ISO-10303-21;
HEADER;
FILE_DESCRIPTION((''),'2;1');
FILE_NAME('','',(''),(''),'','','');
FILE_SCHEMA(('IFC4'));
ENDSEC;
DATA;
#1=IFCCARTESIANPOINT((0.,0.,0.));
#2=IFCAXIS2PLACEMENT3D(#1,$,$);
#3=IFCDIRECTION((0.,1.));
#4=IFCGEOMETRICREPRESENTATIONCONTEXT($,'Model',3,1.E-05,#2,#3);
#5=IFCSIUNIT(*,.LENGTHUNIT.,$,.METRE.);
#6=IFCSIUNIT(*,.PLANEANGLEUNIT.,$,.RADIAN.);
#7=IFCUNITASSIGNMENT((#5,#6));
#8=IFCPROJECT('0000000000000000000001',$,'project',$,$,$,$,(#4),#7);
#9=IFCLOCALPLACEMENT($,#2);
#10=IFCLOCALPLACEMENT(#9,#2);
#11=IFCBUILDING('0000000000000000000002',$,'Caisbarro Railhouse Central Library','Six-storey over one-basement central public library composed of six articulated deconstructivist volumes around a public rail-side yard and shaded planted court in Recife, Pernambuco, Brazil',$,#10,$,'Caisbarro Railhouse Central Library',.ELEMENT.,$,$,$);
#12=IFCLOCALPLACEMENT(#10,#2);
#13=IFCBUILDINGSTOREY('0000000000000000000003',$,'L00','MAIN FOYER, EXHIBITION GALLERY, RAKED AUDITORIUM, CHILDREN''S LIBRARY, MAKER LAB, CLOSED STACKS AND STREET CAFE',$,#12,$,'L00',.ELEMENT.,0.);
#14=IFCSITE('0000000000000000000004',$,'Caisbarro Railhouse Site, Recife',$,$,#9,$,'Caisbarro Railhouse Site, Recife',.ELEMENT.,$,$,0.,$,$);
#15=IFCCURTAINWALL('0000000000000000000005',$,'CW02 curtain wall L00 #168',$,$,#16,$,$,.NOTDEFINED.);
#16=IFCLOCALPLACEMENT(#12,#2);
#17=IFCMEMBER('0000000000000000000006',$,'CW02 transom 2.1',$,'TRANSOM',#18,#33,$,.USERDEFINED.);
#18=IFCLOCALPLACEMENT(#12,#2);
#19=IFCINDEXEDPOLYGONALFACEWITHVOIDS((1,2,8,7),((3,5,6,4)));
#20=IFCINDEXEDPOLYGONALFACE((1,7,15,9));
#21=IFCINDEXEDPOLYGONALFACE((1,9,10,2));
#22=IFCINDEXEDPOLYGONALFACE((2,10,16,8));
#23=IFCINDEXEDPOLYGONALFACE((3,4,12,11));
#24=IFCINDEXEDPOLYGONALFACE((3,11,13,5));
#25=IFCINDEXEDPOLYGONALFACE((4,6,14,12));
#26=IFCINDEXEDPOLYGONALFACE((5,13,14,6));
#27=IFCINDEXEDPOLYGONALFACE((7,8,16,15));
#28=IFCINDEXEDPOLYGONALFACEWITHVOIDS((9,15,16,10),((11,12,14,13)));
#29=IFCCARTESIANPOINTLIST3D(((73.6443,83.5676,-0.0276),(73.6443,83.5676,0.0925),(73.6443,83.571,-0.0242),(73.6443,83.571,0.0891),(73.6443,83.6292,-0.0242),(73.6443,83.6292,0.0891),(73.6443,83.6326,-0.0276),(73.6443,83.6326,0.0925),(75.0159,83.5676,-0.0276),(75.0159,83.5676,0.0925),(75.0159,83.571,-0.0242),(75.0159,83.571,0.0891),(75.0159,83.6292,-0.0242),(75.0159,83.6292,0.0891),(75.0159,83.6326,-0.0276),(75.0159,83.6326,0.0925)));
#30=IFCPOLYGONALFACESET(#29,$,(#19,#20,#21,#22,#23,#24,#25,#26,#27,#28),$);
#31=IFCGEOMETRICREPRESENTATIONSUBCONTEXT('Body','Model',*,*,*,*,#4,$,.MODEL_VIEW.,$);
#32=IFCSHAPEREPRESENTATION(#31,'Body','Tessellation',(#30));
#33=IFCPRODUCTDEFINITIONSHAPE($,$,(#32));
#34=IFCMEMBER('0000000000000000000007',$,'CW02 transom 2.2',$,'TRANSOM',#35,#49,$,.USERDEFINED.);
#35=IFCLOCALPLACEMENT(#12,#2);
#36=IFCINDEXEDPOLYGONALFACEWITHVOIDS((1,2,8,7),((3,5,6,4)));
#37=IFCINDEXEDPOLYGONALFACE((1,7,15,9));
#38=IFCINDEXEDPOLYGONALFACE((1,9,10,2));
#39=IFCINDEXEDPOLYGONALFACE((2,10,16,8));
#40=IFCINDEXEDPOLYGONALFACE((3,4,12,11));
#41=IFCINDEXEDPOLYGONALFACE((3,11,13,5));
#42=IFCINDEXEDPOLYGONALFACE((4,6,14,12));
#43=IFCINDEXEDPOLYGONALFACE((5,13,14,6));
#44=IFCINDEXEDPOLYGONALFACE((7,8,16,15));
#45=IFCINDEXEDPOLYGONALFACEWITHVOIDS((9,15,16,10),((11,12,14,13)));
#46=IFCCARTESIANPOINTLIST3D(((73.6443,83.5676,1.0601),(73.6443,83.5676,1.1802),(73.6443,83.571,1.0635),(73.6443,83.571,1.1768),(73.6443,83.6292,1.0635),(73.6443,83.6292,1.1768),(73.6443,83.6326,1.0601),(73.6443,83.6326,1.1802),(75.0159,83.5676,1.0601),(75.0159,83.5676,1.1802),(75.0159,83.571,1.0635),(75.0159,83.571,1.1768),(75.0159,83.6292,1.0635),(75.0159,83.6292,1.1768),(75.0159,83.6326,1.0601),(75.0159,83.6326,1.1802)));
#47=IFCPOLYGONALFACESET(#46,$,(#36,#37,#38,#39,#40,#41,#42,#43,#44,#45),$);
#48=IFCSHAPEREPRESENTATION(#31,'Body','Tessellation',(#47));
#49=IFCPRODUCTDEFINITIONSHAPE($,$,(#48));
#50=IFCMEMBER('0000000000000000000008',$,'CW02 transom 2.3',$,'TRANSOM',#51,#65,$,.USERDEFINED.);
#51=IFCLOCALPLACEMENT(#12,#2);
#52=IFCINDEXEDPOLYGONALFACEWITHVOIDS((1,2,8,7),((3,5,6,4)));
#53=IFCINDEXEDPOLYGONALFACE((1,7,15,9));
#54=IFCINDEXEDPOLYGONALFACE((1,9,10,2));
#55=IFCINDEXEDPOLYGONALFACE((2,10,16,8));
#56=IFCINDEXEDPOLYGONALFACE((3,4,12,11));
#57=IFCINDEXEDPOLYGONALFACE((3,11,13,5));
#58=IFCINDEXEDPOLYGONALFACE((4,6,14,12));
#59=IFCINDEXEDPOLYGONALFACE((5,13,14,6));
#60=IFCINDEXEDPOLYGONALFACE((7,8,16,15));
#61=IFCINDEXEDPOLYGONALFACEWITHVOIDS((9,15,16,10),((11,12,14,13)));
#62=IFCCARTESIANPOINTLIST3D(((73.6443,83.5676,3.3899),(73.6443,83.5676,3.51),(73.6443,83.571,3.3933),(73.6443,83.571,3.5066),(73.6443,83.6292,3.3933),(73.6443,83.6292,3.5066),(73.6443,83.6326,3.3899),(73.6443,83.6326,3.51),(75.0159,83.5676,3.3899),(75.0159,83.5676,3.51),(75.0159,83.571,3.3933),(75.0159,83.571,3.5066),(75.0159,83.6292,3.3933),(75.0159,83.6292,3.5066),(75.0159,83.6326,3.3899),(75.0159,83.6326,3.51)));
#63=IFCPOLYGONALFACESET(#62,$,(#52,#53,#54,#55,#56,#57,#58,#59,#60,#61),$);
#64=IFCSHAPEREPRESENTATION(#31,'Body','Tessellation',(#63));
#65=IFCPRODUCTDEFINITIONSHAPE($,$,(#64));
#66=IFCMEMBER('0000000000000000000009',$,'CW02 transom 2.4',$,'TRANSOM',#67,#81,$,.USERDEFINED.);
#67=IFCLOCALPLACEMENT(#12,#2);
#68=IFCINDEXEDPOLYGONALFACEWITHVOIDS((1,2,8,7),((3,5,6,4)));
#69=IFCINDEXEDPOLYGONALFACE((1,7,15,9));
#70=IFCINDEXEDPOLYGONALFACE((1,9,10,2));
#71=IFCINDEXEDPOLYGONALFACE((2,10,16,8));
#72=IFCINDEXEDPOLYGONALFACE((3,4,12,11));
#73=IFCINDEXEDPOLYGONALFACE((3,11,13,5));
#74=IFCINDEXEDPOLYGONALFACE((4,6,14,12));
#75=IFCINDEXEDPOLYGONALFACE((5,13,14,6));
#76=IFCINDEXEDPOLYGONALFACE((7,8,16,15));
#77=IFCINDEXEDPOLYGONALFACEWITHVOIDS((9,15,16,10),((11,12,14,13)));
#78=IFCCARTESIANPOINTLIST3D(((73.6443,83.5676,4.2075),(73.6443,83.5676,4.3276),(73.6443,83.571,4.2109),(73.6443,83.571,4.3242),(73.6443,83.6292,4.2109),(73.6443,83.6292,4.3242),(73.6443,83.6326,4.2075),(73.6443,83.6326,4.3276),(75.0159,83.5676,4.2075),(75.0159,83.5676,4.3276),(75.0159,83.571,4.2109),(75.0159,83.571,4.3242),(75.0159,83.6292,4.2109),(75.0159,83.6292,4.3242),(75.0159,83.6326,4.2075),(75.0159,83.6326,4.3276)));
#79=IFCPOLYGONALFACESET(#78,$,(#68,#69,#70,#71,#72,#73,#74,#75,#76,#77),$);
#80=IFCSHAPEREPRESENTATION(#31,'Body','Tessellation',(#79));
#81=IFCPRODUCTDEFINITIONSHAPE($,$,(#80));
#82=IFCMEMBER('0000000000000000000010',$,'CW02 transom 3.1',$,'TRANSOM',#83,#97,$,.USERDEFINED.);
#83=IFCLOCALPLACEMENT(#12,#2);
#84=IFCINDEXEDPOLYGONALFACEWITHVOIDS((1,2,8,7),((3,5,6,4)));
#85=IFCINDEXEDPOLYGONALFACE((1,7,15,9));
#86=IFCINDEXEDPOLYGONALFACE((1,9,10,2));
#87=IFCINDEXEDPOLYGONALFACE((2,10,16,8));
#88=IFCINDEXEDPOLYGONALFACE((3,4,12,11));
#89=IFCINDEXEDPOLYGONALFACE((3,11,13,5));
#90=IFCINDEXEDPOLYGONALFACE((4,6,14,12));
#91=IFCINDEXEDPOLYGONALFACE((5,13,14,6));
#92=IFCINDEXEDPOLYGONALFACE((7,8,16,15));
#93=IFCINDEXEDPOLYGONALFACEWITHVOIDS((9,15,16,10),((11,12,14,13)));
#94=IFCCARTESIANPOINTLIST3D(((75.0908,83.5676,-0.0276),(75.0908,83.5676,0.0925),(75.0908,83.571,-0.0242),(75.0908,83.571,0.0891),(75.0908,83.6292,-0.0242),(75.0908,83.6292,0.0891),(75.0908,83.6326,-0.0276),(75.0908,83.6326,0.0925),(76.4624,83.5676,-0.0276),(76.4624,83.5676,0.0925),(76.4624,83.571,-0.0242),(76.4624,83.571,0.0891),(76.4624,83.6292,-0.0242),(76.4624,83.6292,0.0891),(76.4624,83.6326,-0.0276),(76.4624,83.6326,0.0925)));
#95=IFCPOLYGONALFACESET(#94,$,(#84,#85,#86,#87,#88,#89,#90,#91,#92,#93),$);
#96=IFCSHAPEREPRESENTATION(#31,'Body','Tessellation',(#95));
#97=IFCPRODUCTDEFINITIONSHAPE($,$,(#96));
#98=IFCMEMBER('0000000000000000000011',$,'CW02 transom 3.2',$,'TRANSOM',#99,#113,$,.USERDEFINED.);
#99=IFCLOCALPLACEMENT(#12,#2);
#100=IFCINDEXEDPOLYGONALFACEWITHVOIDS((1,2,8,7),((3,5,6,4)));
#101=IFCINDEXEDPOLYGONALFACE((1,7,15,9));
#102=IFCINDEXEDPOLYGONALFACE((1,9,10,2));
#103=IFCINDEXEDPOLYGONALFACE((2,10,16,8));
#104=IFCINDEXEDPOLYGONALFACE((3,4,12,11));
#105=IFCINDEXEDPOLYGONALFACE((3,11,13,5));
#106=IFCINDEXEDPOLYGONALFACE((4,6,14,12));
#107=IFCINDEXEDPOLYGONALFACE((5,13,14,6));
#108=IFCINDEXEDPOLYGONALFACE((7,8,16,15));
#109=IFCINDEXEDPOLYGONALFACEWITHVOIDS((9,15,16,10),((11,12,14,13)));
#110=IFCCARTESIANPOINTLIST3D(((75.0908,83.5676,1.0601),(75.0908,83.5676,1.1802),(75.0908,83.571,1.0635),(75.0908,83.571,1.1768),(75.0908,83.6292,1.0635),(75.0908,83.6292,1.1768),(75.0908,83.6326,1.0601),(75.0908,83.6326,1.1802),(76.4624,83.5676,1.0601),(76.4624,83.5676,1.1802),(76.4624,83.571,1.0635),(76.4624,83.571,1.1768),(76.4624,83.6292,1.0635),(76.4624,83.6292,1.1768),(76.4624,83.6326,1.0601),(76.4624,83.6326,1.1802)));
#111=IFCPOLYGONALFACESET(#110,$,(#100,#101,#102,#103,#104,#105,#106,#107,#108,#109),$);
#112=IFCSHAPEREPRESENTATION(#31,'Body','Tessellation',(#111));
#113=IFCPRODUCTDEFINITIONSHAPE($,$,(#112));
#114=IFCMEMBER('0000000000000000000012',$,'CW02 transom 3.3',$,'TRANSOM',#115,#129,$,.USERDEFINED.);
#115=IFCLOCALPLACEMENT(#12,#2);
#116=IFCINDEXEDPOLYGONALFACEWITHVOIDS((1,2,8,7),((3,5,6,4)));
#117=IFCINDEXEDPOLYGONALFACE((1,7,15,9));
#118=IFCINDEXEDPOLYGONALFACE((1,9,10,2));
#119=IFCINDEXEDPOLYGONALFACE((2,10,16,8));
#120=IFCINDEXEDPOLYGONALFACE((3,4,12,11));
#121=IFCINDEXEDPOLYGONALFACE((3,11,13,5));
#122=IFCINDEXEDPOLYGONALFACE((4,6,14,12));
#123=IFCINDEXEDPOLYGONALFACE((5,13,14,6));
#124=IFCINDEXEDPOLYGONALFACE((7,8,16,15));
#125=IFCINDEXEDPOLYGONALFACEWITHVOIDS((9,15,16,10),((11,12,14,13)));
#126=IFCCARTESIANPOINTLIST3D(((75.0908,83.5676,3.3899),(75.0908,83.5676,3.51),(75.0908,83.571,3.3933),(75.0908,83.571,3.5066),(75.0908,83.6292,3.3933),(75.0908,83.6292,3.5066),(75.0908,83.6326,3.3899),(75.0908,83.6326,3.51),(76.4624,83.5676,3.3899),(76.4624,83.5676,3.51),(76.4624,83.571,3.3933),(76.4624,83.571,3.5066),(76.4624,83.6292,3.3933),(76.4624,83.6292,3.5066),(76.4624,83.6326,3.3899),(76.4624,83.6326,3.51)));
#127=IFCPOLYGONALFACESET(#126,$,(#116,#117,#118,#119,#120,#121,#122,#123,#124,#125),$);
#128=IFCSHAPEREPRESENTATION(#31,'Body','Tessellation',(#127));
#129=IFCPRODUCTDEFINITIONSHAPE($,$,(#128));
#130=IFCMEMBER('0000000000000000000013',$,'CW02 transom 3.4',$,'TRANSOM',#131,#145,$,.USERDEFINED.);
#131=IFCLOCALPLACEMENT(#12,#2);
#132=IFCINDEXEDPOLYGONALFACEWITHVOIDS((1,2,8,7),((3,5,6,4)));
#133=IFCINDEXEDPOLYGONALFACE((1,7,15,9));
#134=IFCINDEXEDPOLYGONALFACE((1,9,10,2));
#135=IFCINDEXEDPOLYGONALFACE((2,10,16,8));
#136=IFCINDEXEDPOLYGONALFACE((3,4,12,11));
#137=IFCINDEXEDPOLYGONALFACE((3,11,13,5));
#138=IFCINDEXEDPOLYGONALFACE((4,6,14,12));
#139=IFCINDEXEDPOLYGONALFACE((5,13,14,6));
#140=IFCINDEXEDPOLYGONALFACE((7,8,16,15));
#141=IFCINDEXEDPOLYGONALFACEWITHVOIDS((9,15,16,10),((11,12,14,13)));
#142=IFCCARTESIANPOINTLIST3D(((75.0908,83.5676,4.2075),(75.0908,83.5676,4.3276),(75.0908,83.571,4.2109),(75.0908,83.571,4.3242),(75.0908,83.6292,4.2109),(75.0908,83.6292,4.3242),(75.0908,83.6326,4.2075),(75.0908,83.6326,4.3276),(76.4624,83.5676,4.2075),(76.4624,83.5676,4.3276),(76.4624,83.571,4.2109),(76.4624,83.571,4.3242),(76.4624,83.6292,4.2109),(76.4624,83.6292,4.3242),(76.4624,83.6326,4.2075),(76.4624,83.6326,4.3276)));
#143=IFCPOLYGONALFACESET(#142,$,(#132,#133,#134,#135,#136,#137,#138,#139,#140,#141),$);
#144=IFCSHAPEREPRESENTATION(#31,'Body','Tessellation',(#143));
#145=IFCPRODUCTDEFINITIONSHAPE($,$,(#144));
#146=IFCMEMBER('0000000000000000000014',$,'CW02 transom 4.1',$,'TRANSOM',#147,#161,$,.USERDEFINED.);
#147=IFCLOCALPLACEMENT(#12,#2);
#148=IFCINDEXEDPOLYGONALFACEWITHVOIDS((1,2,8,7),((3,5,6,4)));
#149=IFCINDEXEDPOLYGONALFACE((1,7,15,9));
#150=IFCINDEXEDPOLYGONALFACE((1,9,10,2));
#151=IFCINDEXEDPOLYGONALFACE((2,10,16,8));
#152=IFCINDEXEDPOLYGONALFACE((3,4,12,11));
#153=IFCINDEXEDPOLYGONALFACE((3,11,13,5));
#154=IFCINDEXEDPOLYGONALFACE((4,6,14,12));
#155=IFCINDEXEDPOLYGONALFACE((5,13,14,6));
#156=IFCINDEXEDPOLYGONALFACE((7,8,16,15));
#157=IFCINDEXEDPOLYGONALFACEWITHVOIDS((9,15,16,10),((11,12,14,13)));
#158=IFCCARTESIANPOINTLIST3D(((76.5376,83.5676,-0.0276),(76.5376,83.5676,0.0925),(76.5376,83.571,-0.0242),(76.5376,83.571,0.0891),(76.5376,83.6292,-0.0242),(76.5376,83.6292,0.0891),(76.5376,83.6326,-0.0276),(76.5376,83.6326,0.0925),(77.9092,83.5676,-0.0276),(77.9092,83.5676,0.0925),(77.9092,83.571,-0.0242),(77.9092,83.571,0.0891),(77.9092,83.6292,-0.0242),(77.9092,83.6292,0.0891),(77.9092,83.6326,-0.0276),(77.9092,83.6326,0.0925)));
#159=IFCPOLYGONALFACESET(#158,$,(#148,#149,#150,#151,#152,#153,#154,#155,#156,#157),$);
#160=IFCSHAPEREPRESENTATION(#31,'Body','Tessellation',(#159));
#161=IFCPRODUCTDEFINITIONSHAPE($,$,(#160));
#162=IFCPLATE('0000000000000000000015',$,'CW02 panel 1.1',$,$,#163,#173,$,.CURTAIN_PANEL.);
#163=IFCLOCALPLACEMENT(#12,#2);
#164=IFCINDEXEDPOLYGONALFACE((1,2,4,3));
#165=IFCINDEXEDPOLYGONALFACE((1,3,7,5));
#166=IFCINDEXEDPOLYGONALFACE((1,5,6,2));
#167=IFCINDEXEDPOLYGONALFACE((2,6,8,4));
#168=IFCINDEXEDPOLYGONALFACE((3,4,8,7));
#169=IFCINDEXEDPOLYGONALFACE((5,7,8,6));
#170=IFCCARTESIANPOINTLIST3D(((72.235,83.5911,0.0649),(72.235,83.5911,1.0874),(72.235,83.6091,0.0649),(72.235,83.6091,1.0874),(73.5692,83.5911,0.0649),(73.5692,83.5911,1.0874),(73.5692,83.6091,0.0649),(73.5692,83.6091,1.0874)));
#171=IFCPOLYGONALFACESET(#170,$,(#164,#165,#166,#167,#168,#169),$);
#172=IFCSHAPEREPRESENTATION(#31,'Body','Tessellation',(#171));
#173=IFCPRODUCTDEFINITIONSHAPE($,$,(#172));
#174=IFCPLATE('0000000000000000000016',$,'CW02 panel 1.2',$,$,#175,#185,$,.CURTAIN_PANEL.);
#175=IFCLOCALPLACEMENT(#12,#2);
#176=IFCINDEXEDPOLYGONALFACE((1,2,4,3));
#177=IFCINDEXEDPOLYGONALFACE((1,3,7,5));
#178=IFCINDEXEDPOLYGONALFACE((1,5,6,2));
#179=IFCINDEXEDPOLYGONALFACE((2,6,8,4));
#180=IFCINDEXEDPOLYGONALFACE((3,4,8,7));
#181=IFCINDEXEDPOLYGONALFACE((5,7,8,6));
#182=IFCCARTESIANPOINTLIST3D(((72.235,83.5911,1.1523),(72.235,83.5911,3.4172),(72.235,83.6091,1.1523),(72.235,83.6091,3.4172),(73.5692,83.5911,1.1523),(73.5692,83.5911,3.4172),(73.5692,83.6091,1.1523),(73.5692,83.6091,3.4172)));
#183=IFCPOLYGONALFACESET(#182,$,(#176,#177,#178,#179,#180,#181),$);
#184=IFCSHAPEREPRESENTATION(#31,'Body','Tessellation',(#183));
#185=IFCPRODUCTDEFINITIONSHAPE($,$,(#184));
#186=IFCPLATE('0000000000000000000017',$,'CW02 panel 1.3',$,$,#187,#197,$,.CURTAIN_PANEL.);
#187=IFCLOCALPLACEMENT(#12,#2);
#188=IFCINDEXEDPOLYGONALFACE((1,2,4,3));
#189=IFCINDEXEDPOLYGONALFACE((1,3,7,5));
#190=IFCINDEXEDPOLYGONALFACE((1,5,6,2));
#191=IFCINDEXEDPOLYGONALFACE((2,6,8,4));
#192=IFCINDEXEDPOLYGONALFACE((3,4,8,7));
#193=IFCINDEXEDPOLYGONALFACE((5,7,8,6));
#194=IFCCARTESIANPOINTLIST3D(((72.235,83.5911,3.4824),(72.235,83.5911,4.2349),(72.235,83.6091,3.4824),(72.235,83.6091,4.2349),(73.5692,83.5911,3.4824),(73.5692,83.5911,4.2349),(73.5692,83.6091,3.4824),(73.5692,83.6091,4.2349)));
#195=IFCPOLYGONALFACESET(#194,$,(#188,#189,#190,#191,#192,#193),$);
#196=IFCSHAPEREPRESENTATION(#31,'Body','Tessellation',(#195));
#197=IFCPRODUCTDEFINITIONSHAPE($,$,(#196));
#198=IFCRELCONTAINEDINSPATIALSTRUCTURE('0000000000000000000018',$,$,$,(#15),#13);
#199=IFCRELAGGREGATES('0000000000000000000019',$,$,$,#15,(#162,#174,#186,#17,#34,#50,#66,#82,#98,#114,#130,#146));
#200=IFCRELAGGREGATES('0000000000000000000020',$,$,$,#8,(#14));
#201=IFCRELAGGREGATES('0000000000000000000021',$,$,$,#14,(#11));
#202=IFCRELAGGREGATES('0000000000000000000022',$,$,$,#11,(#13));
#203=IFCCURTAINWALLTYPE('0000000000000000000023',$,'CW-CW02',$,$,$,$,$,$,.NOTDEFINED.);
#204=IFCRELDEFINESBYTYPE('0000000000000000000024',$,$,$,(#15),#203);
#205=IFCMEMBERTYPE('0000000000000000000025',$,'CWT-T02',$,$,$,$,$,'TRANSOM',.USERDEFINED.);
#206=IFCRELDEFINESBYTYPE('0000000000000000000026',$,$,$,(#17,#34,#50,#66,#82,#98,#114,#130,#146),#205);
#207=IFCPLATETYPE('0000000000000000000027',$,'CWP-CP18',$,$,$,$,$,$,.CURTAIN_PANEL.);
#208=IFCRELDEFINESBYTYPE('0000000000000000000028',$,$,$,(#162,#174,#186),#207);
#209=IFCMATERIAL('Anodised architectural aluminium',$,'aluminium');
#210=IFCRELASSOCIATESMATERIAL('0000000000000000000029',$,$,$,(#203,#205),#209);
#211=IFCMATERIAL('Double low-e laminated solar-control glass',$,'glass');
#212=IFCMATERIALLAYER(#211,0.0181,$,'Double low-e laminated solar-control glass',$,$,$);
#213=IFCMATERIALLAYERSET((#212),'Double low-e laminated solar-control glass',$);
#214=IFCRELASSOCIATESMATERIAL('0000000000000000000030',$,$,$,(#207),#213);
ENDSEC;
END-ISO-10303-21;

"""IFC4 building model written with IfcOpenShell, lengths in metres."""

from ifc_helpers import new_model, si_unit, direction, frame, origin, origin_2d, place, context, subcontext, project, spatial, rectangle, hollow_rectangle, extrude, material, layer, layer_set, material_profile, profile_set, type_object, element, aggregate, save


model = new_model("IFC4")

# Units and contexts
model_context = context("Model", 3, precision=1e-05, world=origin(), true_north=direction((0.0, 1.0)))
body_context = subcontext(model_context, "Body", "Model", "MODEL_VIEW")
ifc_project = project(units=[si_unit("LENGTHUNIT", "METRE"), si_unit("PLANEANGLEUNIT", "RADIAN")], contexts=[model_context])

# Site, building, storey
site_placement = place(None, origin())
site = spatial("IfcSite", under=ifc_project, at=site_placement, Name="Caisbarro Railhouse Site, Recife", LongName="Caisbarro Railhouse Site, Recife", CompositionType="ELEMENT", RefElevation=0.0)
building_placement = place(site_placement, origin())
building = spatial("IfcBuilding", under=site, at=building_placement, Name="Caisbarro Railhouse Central Library", Description="Six-storey over one-basement central public library composed of six articulated deconstructivist volumes around a public rail-side yard and shaded planted court in Recife, Pernambuco, Brazil", LongName="Caisbarro Railhouse Central Library", CompositionType="ELEMENT")
storey_placement = place(building_placement, origin())
storey = spatial("IfcBuildingStorey", under=building, at=storey_placement, Name="L00", Description="MAIN FOYER, EXHIBITION GALLERY, RAKED AUDITORIUM, CHILDREN'S LIBRARY, MAKER LAB, CLOSED STACKS AND STREET CAFE", LongName="L00", CompositionType="ELEMENT", Elevation=0.0)

# Curtain wall, members, plates
ifc_material_1 = material(Name="Anodised architectural aluminium", Category="aluminium")
curtain_wall_type = type_object("IfcCurtainWallType", Name="CW-CW02", PredefinedType="NOTDEFINED", material=ifc_material_1)
curtain_wall_placement = place(storey_placement, origin())
curtain_wall = element("IfcCurtainWall", 1, at=curtain_wall_placement, inside=storey, type_object=curtain_wall_type, Name="CW02 curtain wall L00 #168", PredefinedType="NOTDEFINED")
ifc_material_profile_1 = material_profile(ifc_material_1, hollow_rectangle(XDim=0.0649, YDim=0.1201, WallThickness=0.0034, at=origin_2d()), Name="ALU-TRN-65X120")
ifc_profile_set_1 = profile_set([ifc_material_profile_1], Name="Anodised architectural aluminium")
member_type_1 = type_object("IfcMemberType", Name="CWT-T02", ElementType="TRANSOM", PredefinedType="USERDEFINED", material=ifc_profile_set_1)
member_1_placement = place(storey_placement, frame((73.6443, 83.6001, 0.0325), z_axis=(1.0, 0.0, 0.0), x_axis=(0.0, 1.0, 0.0)))
member_1 = element("IfcMember", 2, at=member_1_placement, type_object=member_type_1, Name="CW02 transom 2.1", ObjectType="TRANSOM", PredefinedType="USERDEFINED", context=body_context, shape_type="SweptSolid", body=[
    extrude(hollow_rectangle(XDim=0.0649, YDim=0.1201, WallThickness=0.0034, at=origin_2d()), origin(), (0.0, 0.0, 1.0), 1.3716),
])
member_2_placement = place(storey_placement, frame((73.6443, 83.6001, 1.1201), z_axis=(1.0, 0.0, 0.0), x_axis=(0.0, 1.0, 0.0)))
member_2 = element("IfcMember", 3, at=member_2_placement, type_object=member_type_1, Name="CW02 transom 2.2", ObjectType="TRANSOM", PredefinedType="USERDEFINED", context=body_context, shape_type="SweptSolid", body=[
    extrude(hollow_rectangle(XDim=0.0649, YDim=0.1201, WallThickness=0.0034, at=origin_2d()), origin(), (0.0, 0.0, 1.0), 1.3716),
])
member_3_placement = place(storey_placement, frame((73.6443, 83.6001, 3.45), z_axis=(1.0, 0.0, 0.0), x_axis=(0.0, 1.0, 0.0)))
member_3 = element("IfcMember", 4, at=member_3_placement, type_object=member_type_1, Name="CW02 transom 2.3", ObjectType="TRANSOM", PredefinedType="USERDEFINED", context=body_context, shape_type="SweptSolid", body=[
    extrude(hollow_rectangle(XDim=0.0649, YDim=0.1201, WallThickness=0.0034, at=origin_2d()), origin(), (0.0, 0.0, 1.0), 1.3716),
])
member_4_placement = place(storey_placement, frame((73.6443, 83.6001, 4.2676), z_axis=(1.0, 0.0, 0.0), x_axis=(0.0, 1.0, 0.0)))
member_4 = element("IfcMember", 5, at=member_4_placement, type_object=member_type_1, Name="CW02 transom 2.4", ObjectType="TRANSOM", PredefinedType="USERDEFINED", context=body_context, shape_type="SweptSolid", body=[
    extrude(hollow_rectangle(XDim=0.0649, YDim=0.1201, WallThickness=0.0034, at=origin_2d()), origin(), (0.0, 0.0, 1.0), 1.3716),
])
member_5_placement = place(storey_placement, frame((75.0908, 83.6001, 0.0325), z_axis=(1.0, 0.0, 0.0), x_axis=(0.0, 1.0, 0.0)))
member_5 = element("IfcMember", 6, at=member_5_placement, type_object=member_type_1, Name="CW02 transom 3.1", ObjectType="TRANSOM", PredefinedType="USERDEFINED", context=body_context, shape_type="SweptSolid", body=[
    extrude(hollow_rectangle(XDim=0.0649, YDim=0.1201, WallThickness=0.0034, at=origin_2d()), origin(), (0.0, 0.0, 1.0), 1.3716),
])
member_6_placement = place(storey_placement, frame((75.0908, 83.6001, 1.1201), z_axis=(1.0, 0.0, 0.0), x_axis=(0.0, 1.0, 0.0)))
member_6 = element("IfcMember", 7, at=member_6_placement, type_object=member_type_1, Name="CW02 transom 3.2", ObjectType="TRANSOM", PredefinedType="USERDEFINED", context=body_context, shape_type="SweptSolid", body=[
    extrude(hollow_rectangle(XDim=0.0649, YDim=0.1201, WallThickness=0.0034, at=origin_2d()), origin(), (0.0, 0.0, 1.0), 1.3716),
])
member_7_placement = place(storey_placement, frame((75.0908, 83.6001, 3.45), z_axis=(1.0, 0.0, 0.0), x_axis=(0.0, 1.0, 0.0)))
member_7 = element("IfcMember", 8, at=member_7_placement, type_object=member_type_1, Name="CW02 transom 3.3", ObjectType="TRANSOM", PredefinedType="USERDEFINED", context=body_context, shape_type="SweptSolid", body=[
    extrude(hollow_rectangle(XDim=0.0649, YDim=0.1201, WallThickness=0.0034, at=origin_2d()), origin(), (0.0, 0.0, 1.0), 1.3716),
])
member_8_placement = place(storey_placement, frame((75.0908, 83.6001, 4.2676), z_axis=(1.0, 0.0, 0.0), x_axis=(0.0, 1.0, 0.0)))
member_8 = element("IfcMember", 9, at=member_8_placement, type_object=member_type_1, Name="CW02 transom 3.4", ObjectType="TRANSOM", PredefinedType="USERDEFINED", context=body_context, shape_type="SweptSolid", body=[
    extrude(hollow_rectangle(XDim=0.0649, YDim=0.1201, WallThickness=0.0034, at=origin_2d()), origin(), (0.0, 0.0, 1.0), 1.3716),
])
member_9_placement = place(storey_placement, frame((76.5376, 83.6001, 0.0325), z_axis=(1.0, 0.0, 0.0), x_axis=(0.0, 1.0, 0.0)))
member_9 = element("IfcMember", 10, at=member_9_placement, type_object=member_type_1, Name="CW02 transom 4.1", ObjectType="TRANSOM", PredefinedType="USERDEFINED", context=body_context, shape_type="SweptSolid", body=[
    extrude(hollow_rectangle(XDim=0.0649, YDim=0.1201, WallThickness=0.0034, at=origin_2d()), origin(), (0.0, 0.0, 1.0), 1.3716),
])
ifc_material_2 = material(Name="Double low-e laminated solar-control glass", Category="glass")
ifc_layer = layer(ifc_material_2, 0.0181, Name="Double low-e laminated solar-control glass")
ifc_layer_set = layer_set([ifc_layer], Name="Double low-e laminated solar-control glass")
plate_type = type_object("IfcPlateType", Name="CWP-CP18", PredefinedType="CURTAIN_PANEL", material=ifc_layer_set)
plate_1_placement = place(storey_placement, frame((72.9021, 83.6001, 0.0649), z_axis=(0.0, 0.0, 1.0), x_axis=(1.0, 0.0, 0.0)))
plate_1 = element("IfcPlate", 11, at=plate_1_placement, type_object=plate_type, Name="CW02 panel 1.1", PredefinedType="CURTAIN_PANEL", context=body_context, shape_type="SweptSolid", body=[
    extrude(rectangle(XDim=1.3342, YDim=0.0181, at=origin_2d()), origin(), (0.0, 0.0, 1.0), 1.0225),
])
plate_2_placement = place(storey_placement, frame((72.9021, 83.6001, 1.1523), z_axis=(0.0, 0.0, 1.0), x_axis=(1.0, 0.0, 0.0)))
plate_2 = element("IfcPlate", 12, at=plate_2_placement, type_object=plate_type, Name="CW02 panel 1.2", PredefinedType="CURTAIN_PANEL", context=body_context, shape_type="SweptSolid", body=[
    extrude(rectangle(XDim=1.3342, YDim=0.0181, at=origin_2d()), origin(), (0.0, 0.0, 1.0), 2.2649),
])
plate_3_placement = place(storey_placement, frame((72.9021, 83.6001, 3.4824), z_axis=(0.0, 0.0, 1.0), x_axis=(1.0, 0.0, 0.0)))
plate_3 = element("IfcPlate", 13, at=plate_3_placement, type_object=plate_type, Name="CW02 panel 1.3", PredefinedType="CURTAIN_PANEL", context=body_context, shape_type="SweptSolid", body=[
    extrude(rectangle(XDim=1.3342, YDim=0.0181, at=origin_2d()), origin(), (0.0, 0.0, 1.0), 0.7524),
])
aggregate(curtain_wall, [plate_1, plate_2, plate_3, member_1, member_2, member_3, member_4, member_5, member_6, member_7, member_8, member_9])

save(model, "model.ifc")
